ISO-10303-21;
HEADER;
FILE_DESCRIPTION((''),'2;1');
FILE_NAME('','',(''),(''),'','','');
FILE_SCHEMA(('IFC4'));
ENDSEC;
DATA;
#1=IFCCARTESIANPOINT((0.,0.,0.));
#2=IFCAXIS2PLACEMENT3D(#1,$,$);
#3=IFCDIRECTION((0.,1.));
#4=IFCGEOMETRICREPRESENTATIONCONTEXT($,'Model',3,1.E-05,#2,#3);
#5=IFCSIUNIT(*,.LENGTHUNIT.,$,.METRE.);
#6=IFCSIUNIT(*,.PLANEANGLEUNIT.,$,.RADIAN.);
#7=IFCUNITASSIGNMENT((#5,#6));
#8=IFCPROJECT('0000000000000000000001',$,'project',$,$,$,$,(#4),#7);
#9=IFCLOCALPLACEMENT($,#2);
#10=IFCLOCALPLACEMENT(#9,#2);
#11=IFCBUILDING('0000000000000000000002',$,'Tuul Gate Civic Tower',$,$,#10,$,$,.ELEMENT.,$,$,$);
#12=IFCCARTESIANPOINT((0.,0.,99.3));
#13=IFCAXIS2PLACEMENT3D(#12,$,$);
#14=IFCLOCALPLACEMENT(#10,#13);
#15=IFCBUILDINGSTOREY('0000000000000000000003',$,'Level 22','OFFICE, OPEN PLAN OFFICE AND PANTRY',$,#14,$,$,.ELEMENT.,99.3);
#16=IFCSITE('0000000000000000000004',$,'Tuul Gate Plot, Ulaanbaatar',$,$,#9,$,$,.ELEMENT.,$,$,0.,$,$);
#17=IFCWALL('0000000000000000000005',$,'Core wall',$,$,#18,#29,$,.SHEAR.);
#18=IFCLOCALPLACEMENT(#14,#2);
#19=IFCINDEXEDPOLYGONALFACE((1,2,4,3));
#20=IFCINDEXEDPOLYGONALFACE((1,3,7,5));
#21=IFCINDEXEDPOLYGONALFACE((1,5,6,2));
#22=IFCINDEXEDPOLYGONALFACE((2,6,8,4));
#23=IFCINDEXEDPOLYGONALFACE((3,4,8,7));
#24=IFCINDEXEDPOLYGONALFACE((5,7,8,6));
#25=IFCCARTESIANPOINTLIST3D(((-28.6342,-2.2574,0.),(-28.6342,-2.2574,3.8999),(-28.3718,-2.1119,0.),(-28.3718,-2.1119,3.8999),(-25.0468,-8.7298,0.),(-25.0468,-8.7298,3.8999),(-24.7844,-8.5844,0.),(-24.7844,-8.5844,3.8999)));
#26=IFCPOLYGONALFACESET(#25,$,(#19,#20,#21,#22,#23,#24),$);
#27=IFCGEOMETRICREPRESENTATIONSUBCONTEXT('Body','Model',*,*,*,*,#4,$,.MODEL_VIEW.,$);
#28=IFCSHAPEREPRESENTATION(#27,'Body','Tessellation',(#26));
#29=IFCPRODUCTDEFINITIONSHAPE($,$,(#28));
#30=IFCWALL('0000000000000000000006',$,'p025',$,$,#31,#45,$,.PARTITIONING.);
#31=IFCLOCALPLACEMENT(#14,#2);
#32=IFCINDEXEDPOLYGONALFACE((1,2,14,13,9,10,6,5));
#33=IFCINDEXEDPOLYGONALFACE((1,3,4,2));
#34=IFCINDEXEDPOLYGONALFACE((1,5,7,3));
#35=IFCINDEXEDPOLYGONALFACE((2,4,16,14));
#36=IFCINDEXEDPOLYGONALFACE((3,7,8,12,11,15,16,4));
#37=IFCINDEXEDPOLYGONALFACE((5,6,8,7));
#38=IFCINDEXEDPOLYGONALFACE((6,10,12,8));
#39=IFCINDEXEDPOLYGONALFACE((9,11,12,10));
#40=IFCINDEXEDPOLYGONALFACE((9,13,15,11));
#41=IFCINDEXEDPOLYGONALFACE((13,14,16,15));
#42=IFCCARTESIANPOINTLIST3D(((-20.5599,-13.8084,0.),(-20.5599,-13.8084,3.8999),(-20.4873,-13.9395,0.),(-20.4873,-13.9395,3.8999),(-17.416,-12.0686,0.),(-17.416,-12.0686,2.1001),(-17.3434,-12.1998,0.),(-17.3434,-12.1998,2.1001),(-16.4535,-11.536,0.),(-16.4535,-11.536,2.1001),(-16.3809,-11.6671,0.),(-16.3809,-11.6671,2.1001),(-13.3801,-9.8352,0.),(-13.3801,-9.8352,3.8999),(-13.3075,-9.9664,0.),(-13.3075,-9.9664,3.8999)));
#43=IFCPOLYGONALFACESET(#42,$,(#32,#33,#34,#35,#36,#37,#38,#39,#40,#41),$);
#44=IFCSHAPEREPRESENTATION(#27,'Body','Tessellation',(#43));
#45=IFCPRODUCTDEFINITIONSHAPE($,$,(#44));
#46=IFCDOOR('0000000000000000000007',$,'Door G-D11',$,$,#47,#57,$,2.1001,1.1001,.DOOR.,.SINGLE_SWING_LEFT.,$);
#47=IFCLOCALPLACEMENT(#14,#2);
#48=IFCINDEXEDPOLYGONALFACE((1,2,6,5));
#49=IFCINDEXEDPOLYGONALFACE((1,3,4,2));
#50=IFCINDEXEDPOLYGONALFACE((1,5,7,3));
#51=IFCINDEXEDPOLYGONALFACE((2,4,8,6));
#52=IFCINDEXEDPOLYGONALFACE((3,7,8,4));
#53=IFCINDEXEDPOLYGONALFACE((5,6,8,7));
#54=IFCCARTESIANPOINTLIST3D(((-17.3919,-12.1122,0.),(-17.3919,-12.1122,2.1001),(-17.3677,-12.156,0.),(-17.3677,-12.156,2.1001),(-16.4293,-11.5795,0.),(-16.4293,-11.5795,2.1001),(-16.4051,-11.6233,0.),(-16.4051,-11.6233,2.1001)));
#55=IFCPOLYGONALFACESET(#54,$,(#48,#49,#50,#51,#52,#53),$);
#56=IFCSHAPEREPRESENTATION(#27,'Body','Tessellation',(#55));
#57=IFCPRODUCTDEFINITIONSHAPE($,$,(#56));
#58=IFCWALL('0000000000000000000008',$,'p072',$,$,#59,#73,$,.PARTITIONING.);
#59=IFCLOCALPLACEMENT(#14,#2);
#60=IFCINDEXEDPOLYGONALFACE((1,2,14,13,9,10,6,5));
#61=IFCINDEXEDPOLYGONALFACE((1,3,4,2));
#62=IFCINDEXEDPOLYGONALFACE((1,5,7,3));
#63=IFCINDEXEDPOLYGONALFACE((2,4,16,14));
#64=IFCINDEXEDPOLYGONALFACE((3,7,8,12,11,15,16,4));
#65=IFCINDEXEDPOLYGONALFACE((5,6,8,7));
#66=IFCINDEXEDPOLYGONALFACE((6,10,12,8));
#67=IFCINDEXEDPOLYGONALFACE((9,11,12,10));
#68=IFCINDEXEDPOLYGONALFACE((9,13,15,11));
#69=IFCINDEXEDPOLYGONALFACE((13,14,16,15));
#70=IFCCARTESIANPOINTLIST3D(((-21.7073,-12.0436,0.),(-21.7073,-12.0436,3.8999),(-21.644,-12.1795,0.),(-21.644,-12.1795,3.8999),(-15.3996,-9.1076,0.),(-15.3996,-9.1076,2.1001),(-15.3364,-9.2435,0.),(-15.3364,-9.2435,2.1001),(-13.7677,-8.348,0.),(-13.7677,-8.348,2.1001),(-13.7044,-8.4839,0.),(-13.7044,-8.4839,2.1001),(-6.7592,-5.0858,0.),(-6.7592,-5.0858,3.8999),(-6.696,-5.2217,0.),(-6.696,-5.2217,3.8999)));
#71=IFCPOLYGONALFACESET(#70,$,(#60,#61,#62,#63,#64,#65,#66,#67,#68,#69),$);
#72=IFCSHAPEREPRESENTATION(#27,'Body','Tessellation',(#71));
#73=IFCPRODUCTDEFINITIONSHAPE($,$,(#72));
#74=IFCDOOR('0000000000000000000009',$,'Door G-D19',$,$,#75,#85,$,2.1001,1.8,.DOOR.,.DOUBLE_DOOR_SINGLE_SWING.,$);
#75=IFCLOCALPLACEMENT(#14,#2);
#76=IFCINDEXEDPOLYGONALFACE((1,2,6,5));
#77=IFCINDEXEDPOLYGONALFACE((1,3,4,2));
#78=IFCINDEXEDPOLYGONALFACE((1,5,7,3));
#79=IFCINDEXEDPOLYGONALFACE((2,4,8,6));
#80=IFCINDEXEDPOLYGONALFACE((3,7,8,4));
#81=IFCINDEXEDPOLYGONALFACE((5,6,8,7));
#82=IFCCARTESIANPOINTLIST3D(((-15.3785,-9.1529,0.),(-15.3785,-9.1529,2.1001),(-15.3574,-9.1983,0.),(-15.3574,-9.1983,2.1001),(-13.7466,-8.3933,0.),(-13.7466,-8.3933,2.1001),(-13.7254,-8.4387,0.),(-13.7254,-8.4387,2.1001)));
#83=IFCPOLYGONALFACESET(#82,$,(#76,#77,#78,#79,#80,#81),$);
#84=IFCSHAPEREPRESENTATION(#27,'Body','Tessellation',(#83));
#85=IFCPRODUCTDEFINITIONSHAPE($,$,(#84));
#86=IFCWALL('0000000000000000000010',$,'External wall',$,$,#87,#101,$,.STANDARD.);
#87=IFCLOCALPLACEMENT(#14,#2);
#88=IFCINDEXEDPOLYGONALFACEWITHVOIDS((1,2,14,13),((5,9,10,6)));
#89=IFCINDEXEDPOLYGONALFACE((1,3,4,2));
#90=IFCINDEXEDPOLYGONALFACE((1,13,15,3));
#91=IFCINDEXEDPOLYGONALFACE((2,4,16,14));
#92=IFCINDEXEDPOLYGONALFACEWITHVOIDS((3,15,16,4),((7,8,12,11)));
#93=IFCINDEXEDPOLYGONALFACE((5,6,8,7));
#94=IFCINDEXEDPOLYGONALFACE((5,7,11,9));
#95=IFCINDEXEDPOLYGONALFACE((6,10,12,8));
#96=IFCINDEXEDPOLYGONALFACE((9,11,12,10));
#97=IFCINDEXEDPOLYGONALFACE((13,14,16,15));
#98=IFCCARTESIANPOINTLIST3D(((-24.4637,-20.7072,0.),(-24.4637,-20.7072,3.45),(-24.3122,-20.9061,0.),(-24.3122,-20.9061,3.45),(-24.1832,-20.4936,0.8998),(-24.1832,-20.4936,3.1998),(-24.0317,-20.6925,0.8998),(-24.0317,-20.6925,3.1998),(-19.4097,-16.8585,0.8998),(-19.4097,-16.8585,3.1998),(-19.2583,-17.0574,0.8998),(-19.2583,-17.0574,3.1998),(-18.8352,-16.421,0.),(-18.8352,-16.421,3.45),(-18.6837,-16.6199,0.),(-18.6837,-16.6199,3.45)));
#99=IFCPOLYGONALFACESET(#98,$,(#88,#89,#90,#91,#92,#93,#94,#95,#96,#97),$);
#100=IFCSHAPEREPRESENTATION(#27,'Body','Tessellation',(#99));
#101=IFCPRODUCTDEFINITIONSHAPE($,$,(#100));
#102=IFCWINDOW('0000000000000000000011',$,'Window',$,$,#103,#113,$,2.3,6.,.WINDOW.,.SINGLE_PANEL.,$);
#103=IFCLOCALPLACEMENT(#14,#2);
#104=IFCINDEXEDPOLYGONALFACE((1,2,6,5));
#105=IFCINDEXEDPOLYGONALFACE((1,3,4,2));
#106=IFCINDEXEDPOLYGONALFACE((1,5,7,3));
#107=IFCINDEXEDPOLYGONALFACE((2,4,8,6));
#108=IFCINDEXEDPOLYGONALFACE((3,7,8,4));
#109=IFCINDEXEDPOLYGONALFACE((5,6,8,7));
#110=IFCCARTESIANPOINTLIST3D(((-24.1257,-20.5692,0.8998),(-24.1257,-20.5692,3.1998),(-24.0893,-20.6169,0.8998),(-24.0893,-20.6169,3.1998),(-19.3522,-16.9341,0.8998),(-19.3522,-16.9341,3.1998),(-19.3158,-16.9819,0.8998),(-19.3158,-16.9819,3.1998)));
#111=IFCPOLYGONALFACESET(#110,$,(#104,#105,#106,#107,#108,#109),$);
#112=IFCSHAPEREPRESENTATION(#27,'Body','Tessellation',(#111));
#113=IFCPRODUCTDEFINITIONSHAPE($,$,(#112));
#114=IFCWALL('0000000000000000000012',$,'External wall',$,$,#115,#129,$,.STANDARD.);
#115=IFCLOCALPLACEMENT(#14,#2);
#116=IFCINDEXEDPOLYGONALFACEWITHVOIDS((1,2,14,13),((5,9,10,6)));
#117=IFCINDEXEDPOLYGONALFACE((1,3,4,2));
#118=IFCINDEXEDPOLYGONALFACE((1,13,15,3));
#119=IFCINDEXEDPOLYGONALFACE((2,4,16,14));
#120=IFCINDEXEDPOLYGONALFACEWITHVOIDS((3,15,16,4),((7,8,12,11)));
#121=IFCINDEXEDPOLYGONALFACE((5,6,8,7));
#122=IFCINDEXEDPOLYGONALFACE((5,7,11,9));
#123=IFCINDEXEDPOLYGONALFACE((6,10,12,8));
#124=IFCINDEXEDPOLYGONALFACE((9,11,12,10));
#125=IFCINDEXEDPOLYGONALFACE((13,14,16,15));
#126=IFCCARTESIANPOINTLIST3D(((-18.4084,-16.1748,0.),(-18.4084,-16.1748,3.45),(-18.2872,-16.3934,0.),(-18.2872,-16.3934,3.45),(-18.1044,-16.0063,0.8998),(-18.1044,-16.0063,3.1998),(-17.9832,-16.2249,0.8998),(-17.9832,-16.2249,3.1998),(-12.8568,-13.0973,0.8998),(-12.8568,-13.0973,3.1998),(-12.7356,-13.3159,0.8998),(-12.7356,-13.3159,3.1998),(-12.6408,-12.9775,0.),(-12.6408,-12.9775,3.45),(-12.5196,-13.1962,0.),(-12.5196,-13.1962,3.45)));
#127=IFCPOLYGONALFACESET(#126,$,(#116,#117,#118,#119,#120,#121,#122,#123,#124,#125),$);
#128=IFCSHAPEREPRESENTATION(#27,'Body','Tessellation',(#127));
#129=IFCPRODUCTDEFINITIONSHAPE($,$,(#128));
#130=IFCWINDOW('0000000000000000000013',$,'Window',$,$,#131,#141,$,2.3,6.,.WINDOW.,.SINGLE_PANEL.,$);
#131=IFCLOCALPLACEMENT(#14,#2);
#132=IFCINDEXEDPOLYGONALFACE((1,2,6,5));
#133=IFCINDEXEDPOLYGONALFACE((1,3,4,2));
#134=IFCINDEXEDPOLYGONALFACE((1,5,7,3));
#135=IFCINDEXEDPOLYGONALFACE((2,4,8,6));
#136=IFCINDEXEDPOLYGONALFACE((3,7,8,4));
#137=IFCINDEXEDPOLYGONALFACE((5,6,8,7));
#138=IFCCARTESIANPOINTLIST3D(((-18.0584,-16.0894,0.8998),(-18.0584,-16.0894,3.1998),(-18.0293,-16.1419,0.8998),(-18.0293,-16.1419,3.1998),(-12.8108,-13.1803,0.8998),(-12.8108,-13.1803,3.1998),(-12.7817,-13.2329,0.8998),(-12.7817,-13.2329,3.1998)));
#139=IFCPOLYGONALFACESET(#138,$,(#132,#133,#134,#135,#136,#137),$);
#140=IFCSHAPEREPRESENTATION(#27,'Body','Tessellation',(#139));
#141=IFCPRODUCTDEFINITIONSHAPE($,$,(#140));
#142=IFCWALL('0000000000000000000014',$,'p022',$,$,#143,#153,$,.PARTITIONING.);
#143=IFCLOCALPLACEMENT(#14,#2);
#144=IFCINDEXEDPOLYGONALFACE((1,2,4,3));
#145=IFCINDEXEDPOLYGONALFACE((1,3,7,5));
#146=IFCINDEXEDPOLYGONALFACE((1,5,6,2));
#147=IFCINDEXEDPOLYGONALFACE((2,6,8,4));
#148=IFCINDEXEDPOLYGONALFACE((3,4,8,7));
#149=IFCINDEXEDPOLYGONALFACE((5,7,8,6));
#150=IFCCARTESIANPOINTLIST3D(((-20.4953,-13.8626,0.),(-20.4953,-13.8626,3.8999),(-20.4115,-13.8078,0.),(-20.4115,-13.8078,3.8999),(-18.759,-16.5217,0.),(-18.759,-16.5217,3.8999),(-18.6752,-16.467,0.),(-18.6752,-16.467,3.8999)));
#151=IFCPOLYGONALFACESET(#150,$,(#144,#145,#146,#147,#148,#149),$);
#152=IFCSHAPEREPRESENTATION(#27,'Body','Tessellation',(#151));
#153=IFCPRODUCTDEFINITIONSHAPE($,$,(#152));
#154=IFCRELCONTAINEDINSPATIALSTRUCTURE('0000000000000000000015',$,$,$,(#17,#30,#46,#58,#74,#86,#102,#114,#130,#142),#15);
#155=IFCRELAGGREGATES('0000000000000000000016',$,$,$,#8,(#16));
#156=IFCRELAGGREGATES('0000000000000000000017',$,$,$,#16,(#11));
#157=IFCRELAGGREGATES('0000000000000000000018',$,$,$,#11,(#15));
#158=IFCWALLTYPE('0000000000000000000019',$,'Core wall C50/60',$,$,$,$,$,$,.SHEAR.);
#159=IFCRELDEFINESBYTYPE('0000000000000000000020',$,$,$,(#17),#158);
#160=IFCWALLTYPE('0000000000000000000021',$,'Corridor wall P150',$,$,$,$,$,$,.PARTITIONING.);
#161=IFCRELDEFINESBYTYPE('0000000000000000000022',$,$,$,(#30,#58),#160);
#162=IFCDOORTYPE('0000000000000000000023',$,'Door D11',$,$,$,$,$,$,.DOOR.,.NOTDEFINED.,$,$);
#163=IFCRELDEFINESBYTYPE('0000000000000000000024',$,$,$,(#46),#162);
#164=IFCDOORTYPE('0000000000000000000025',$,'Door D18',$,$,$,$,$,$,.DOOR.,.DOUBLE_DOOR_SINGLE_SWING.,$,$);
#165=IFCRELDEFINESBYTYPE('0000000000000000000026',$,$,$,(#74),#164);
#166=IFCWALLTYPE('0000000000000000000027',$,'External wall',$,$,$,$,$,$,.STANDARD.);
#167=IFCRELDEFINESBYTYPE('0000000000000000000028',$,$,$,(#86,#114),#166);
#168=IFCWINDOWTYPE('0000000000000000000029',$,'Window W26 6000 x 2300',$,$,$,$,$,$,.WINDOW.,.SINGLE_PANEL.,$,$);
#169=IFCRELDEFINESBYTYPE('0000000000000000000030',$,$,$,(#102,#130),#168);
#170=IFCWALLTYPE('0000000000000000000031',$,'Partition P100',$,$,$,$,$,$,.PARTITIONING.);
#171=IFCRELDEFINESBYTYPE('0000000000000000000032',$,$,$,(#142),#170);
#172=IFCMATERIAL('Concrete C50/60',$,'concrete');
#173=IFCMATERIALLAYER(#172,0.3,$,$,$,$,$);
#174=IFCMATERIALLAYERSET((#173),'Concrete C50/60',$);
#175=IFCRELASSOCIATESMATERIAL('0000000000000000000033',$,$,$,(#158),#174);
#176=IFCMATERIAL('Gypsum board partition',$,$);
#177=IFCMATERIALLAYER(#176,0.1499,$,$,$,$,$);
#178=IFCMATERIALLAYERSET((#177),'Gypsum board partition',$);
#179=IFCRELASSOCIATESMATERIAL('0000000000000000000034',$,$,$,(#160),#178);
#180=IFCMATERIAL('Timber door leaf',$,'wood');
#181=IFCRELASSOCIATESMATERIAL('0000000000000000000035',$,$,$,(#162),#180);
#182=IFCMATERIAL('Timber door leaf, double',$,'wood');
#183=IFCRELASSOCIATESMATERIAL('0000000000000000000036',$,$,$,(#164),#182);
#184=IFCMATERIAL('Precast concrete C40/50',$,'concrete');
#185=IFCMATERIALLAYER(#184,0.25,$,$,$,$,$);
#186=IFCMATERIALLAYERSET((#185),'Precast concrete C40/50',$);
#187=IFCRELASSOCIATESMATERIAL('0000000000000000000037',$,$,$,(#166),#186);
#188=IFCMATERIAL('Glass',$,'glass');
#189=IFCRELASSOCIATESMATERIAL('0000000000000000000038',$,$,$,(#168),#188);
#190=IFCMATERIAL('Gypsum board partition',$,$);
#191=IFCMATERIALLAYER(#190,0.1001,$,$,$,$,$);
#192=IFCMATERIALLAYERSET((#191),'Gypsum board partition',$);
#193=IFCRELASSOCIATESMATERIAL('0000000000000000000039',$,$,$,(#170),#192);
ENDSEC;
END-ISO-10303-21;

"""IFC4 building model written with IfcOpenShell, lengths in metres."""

from ifc_helpers import new_model, si_unit, direction, frame, frame_2d, origin, place, context, subcontext, project, spatial, rectangle, extrude, material, layer, layer_set, type_object, element, fill, save


model = new_model("IFC4")

# Units and contexts
model_context = context("Model", 3, precision=1e-05, world=origin(), true_north=direction((0.0, 1.0)))
body_context = subcontext(model_context, "Body", "Model", "MODEL_VIEW")
ifc_project = project(units=[si_unit("LENGTHUNIT", "METRE"), si_unit("PLANEANGLEUNIT", "RADIAN")], contexts=[model_context])

# Site, building, storey
site_placement = place(None, origin())
site = spatial("IfcSite", under=ifc_project, at=site_placement, Name="Tuul Gate Plot, Ulaanbaatar", CompositionType="ELEMENT", RefElevation=0.0)
building_placement = place(site_placement, origin())
building = spatial("IfcBuilding", under=site, at=building_placement, Name="Tuul Gate Civic Tower", CompositionType="ELEMENT")
storey_placement = place(building_placement, frame((0.0, 0.0, 99.3)))
storey = spatial("IfcBuildingStorey", under=building, at=storey_placement, Name="Level 22", Description="OFFICE, OPEN PLAN OFFICE AND PANTRY", CompositionType="ELEMENT", Elevation=99.3)

# Wall
ifc_material_1 = material(Name="Concrete C50/60", Category="concrete")
ifc_layer_1 = layer(ifc_material_1, 0.3)
ifc_layer_set_1 = layer_set([ifc_layer_1], Name="Concrete C50/60")
wall_type_1 = type_object("IfcWallType", Name="Core wall C50/60", PredefinedType="SHEAR", material=ifc_layer_set_1)
wall_1_placement = place(storey_placement, frame((-24.9155, -8.6572, 0.0), z_axis=(0.0, 0.0, 1.0), x_axis=(-0.484777, 0.874638, 0.0)))
element("IfcWall", 1, at=wall_1_placement, inside=storey, type_object=wall_type_1, Name="Core wall", PredefinedType="SHEAR", context=body_context, shape_type="SweptSolid", body=[
    extrude(rectangle(XDim=7.4001, YDim=0.3, at=frame_2d((3.7002, 0.0))), origin(), (0.0, 0.0, 1.0), 3.8999),
])

# Walls, openings, doors
ifc_material_2 = material(Name="Gypsum board partition")
ifc_layer_2 = layer(ifc_material_2, 0.1499)
ifc_layer_set_2 = layer_set([ifc_layer_2], Name="Gypsum board partition")
wall_type_2 = type_object("IfcWallType", Name="Corridor wall P150", PredefinedType="PARTITIONING", material=ifc_layer_set_2)
wall_2_placement = place(storey_placement, frame((-20.5237, -13.874, 0.0), z_axis=(0.0, 0.0, 1.0), x_axis=(0.874962, 0.484192, 0.0)))
wall_2 = element("IfcWall", 2, at=wall_2_placement, inside=storey, type_object=wall_type_2, Name="p025", PredefinedType="PARTITIONING", context=body_context, shape_type="SweptSolid", body=[
    extrude(rectangle(XDim=8.2058, YDim=0.1499, at=frame_2d((4.103, 0.0))), origin(), (0.0, 0.0, 1.0), 3.8999),
])
opening_1_placement = place(wall_2_placement, frame((3.5933, 0.0, 0.0)))
opening_1 = element("IfcOpeningElement", 3, at=opening_1_placement, cuts=wall_2, PredefinedType="OPENING", context=body_context, shape_type="SweptSolid", body=[
    extrude(rectangle(XDim=1.1001, YDim=2.1001, at=frame_2d((0.55, 1.05))), frame((0.0, 0.085, 0.0), z_axis=(0.0, -1.0, 0.0), x_axis=(1.0, 0.0, 0.0)), (0.0, 0.0, 1.0), 0.1699),
])
ifc_material_3 = material(Name="Timber door leaf", Category="wood")
door_type_1 = type_object("IfcDoorType", Name="Door D11", OperationType="NOTDEFINED", PredefinedType="DOOR", material=ifc_material_3)
door_1_placement = place(opening_1_placement, frame((1.1001, 0.0, 0.0), z_axis=(0.0, 0.0, 1.0), x_axis=(-1.0, 0.0, 0.0)))
door_1 = element("IfcDoor", 4, at=door_1_placement, inside=storey, type_object=door_type_1, Name="Door G-D11", OperationType="SINGLE_SWING_LEFT", OverallHeight=2.1001, OverallWidth=1.1001, PredefinedType="DOOR", context=body_context, shape_type="SweptSolid", body=[
    extrude(rectangle(XDim=1.1001, YDim=2.1001, at=frame_2d((0.55, 1.05))), frame((0.0, 0.0249, 0.0), z_axis=(0.0, -1.0, 0.0), x_axis=(1.0, 0.0, 0.0)), (0.0, 0.0, 1.0), 0.05),
])
fill(opening_1, door_1)
wall_3_placement = place(storey_placement, frame((-21.6758, -12.1116, 0.0), z_axis=(0.0, 0.0, 1.0), x_axis=(0.9066, 0.42199, 0.0)))
wall_3 = element("IfcWall", 5, at=wall_3_placement, inside=storey, type_object=wall_type_2, Name="p072", PredefinedType="PARTITIONING", context=body_context, shape_type="SweptSolid", body=[
    extrude(rectangle(XDim=16.488, YDim=0.1499, at=frame_2d((8.2441, 0.0))), origin(), (0.0, 0.0, 1.0), 3.8999),
])
opening_2_placement = place(wall_3_placement, frame((6.9578, 0.0, 0.0)))
opening_2 = element("IfcOpeningElement", 6, at=opening_2_placement, cuts=wall_3, PredefinedType="OPENING", context=body_context, shape_type="SweptSolid", body=[
    extrude(rectangle(XDim=1.8, YDim=2.1001, at=frame_2d((0.8999, 1.05))), frame((0.0, 0.085, 0.0), z_axis=(0.0, -1.0, 0.0), x_axis=(1.0, 0.0, 0.0)), (0.0, 0.0, 1.0), 0.1699),
])
ifc_material_4 = material(Name="Timber door leaf, double", Category="wood")
door_type_2 = type_object("IfcDoorType", Name="Door D18", OperationType="DOUBLE_DOOR_SINGLE_SWING", PredefinedType="DOOR", material=ifc_material_4)
door_2_placement = place(opening_2_placement, origin())
door_2 = element("IfcDoor", 7, at=door_2_placement, inside=storey, type_object=door_type_2, Name="Door G-D19", OperationType="DOUBLE_DOOR_SINGLE_SWING", OverallHeight=2.1001, OverallWidth=1.8, PredefinedType="DOOR", context=body_context, shape_type="SweptSolid", body=[
    extrude(rectangle(XDim=1.8, YDim=2.1001, at=frame_2d((0.8999, 1.05))), frame((0.0, 0.0249, 0.0), z_axis=(0.0, -1.0, 0.0), x_axis=(1.0, 0.0, 0.0)), (0.0, 0.0, 1.0), 0.05),
])
fill(opening_2, door_2)

# Walls, openings, windows
ifc_material_5 = material(Name="Precast concrete C40/50", Category="concrete")
ifc_layer_3 = layer(ifc_material_5, 0.25)
ifc_layer_set_3 = layer_set([ifc_layer_3], Name="Precast concrete C40/50")
wall_type_3 = type_object("IfcWallType", Name="External wall", PredefinedType="STANDARD", material=ifc_layer_set_3)
wall_4_placement = place(storey_placement, frame((-24.3879, -20.8066, 0.0), z_axis=(0.0, 0.0, 1.0), x_axis=(0.795581, 0.605848, 0.0)))
wall_4 = element("IfcWall", 8, at=wall_4_placement, inside=storey, type_object=wall_type_3, Name="External wall", PredefinedType="STANDARD", context=body_context, shape_type="SweptSolid", body=[
    extrude(rectangle(XDim=7.0747, YDim=0.25, at=frame_2d((3.5374, 0.0))), origin(), (0.0, 0.0, 1.0), 3.45),
])
opening_3_placement = place(wall_4_placement, frame((0.3525, 0.0, 0.8999)))
opening_3 = element("IfcOpeningElement", 9, at=opening_3_placement, cuts=wall_4, PredefinedType="OPENING", context=body_context, shape_type="SweptSolid", body=[
    extrude(rectangle(XDim=6.0, YDim=2.3, at=frame_2d((3.0, 1.1499))), frame((0.0, 0.135, 0.0), z_axis=(0.0, -1.0, 0.0), x_axis=(1.0, 0.0, 0.0)), (0.0, 0.0, 1.0), 0.27),
])
ifc_material_6 = material(Name="Glass", Category="glass")
window_type = type_object("IfcWindowType", Name="Window W26 6000 x 2300", PartitioningType="SINGLE_PANEL", PredefinedType="WINDOW", material=ifc_material_6)
window_1_placement = place(opening_3_placement, origin())
window_1 = element("IfcWindow", 10, at=window_1_placement, inside=storey, type_object=window_type, Name="Window", OverallHeight=2.3, OverallWidth=6.0, PartitioningType="SINGLE_PANEL", PredefinedType="WINDOW", context=body_context, shape_type="SweptSolid", body=[
    extrude(rectangle(XDim=6.0, YDim=2.3, at=frame_2d((3.0, 1.1499))), frame((0.0, 0.03, 0.0), z_axis=(0.0, -1.0, 0.0), x_axis=(1.0, 0.0, 0.0)), (0.0, 0.0, 1.0), 0.0601),
])
fill(opening_3, window_1)
wall_5_placement = place(storey_placement, frame((-18.3479, -16.2842, 0.0), z_axis=(0.0, 0.0, 1.0), x_axis=(0.874604, 0.484838, 0.0)))
wall_5 = element("IfcWall", 11, at=wall_5_placement, inside=storey, type_object=wall_type_3, Name="External wall", PredefinedType="STANDARD", context=body_context, shape_type="SweptSolid", body=[
    extrude(rectangle(XDim=6.5945, YDim=0.25, at=frame_2d((3.2974, 0.0))), origin(), (0.0, 0.0, 1.0), 3.45),
])
opening_4_placement = place(wall_5_placement, frame((0.3477, 0.0, 0.8999)))
opening_4 = element("IfcOpeningElement", 12, at=opening_4_placement, cuts=wall_5, PredefinedType="OPENING", context=body_context, shape_type="SweptSolid", body=[
    extrude(rectangle(XDim=6.0, YDim=2.3, at=frame_2d((3.0, 1.1499))), frame((0.0, 0.135, 0.0), z_axis=(0.0, -1.0, 0.0), x_axis=(1.0, 0.0, 0.0)), (0.0, 0.0, 1.0), 0.27),
])
window_2_placement = place(opening_4_placement, origin())
window_2 = element("IfcWindow", 13, at=window_2_placement, inside=storey, type_object=window_type, Name="Window", OverallHeight=2.3, OverallWidth=6.0, PartitioningType="SINGLE_PANEL", PredefinedType="WINDOW", context=body_context, shape_type="SweptSolid", body=[
    extrude(rectangle(XDim=6.0, YDim=2.3, at=frame_2d((3.0, 1.1499))), frame((0.0, 0.03, 0.0), z_axis=(0.0, -1.0, 0.0), x_axis=(1.0, 0.0, 0.0)), (0.0, 0.0, 1.0), 0.0601),
])
fill(opening_4, window_2)

# Wall
ifc_material_7 = material(Name="Gypsum board partition")
ifc_layer_4 = layer(ifc_material_7, 0.1001)
ifc_layer_set_4 = layer_set([ifc_layer_4], Name="Gypsum board partition")
wall_type_4 = type_object("IfcWallType", Name="Partition P100", PredefinedType="PARTITIONING", material=ifc_layer_set_4)
wall_6_placement = place(storey_placement, frame((-20.4534, -13.8352, 0.0), z_axis=(0.0, 0.0, 1.0), x_axis=(0.546727, -0.837311, 0.0)))
element("IfcWall", 14, at=wall_6_placement, inside=storey, type_object=wall_type_4, Name="p022", PredefinedType="PARTITIONING", context=body_context, shape_type="SweptSolid", body=[
    extrude(rectangle(XDim=3.1758, YDim=0.1001, at=frame_2d((1.5879, 0.0))), origin(), (0.0, 0.0, 1.0), 3.8999),
])

save(model, "model.ifc")
